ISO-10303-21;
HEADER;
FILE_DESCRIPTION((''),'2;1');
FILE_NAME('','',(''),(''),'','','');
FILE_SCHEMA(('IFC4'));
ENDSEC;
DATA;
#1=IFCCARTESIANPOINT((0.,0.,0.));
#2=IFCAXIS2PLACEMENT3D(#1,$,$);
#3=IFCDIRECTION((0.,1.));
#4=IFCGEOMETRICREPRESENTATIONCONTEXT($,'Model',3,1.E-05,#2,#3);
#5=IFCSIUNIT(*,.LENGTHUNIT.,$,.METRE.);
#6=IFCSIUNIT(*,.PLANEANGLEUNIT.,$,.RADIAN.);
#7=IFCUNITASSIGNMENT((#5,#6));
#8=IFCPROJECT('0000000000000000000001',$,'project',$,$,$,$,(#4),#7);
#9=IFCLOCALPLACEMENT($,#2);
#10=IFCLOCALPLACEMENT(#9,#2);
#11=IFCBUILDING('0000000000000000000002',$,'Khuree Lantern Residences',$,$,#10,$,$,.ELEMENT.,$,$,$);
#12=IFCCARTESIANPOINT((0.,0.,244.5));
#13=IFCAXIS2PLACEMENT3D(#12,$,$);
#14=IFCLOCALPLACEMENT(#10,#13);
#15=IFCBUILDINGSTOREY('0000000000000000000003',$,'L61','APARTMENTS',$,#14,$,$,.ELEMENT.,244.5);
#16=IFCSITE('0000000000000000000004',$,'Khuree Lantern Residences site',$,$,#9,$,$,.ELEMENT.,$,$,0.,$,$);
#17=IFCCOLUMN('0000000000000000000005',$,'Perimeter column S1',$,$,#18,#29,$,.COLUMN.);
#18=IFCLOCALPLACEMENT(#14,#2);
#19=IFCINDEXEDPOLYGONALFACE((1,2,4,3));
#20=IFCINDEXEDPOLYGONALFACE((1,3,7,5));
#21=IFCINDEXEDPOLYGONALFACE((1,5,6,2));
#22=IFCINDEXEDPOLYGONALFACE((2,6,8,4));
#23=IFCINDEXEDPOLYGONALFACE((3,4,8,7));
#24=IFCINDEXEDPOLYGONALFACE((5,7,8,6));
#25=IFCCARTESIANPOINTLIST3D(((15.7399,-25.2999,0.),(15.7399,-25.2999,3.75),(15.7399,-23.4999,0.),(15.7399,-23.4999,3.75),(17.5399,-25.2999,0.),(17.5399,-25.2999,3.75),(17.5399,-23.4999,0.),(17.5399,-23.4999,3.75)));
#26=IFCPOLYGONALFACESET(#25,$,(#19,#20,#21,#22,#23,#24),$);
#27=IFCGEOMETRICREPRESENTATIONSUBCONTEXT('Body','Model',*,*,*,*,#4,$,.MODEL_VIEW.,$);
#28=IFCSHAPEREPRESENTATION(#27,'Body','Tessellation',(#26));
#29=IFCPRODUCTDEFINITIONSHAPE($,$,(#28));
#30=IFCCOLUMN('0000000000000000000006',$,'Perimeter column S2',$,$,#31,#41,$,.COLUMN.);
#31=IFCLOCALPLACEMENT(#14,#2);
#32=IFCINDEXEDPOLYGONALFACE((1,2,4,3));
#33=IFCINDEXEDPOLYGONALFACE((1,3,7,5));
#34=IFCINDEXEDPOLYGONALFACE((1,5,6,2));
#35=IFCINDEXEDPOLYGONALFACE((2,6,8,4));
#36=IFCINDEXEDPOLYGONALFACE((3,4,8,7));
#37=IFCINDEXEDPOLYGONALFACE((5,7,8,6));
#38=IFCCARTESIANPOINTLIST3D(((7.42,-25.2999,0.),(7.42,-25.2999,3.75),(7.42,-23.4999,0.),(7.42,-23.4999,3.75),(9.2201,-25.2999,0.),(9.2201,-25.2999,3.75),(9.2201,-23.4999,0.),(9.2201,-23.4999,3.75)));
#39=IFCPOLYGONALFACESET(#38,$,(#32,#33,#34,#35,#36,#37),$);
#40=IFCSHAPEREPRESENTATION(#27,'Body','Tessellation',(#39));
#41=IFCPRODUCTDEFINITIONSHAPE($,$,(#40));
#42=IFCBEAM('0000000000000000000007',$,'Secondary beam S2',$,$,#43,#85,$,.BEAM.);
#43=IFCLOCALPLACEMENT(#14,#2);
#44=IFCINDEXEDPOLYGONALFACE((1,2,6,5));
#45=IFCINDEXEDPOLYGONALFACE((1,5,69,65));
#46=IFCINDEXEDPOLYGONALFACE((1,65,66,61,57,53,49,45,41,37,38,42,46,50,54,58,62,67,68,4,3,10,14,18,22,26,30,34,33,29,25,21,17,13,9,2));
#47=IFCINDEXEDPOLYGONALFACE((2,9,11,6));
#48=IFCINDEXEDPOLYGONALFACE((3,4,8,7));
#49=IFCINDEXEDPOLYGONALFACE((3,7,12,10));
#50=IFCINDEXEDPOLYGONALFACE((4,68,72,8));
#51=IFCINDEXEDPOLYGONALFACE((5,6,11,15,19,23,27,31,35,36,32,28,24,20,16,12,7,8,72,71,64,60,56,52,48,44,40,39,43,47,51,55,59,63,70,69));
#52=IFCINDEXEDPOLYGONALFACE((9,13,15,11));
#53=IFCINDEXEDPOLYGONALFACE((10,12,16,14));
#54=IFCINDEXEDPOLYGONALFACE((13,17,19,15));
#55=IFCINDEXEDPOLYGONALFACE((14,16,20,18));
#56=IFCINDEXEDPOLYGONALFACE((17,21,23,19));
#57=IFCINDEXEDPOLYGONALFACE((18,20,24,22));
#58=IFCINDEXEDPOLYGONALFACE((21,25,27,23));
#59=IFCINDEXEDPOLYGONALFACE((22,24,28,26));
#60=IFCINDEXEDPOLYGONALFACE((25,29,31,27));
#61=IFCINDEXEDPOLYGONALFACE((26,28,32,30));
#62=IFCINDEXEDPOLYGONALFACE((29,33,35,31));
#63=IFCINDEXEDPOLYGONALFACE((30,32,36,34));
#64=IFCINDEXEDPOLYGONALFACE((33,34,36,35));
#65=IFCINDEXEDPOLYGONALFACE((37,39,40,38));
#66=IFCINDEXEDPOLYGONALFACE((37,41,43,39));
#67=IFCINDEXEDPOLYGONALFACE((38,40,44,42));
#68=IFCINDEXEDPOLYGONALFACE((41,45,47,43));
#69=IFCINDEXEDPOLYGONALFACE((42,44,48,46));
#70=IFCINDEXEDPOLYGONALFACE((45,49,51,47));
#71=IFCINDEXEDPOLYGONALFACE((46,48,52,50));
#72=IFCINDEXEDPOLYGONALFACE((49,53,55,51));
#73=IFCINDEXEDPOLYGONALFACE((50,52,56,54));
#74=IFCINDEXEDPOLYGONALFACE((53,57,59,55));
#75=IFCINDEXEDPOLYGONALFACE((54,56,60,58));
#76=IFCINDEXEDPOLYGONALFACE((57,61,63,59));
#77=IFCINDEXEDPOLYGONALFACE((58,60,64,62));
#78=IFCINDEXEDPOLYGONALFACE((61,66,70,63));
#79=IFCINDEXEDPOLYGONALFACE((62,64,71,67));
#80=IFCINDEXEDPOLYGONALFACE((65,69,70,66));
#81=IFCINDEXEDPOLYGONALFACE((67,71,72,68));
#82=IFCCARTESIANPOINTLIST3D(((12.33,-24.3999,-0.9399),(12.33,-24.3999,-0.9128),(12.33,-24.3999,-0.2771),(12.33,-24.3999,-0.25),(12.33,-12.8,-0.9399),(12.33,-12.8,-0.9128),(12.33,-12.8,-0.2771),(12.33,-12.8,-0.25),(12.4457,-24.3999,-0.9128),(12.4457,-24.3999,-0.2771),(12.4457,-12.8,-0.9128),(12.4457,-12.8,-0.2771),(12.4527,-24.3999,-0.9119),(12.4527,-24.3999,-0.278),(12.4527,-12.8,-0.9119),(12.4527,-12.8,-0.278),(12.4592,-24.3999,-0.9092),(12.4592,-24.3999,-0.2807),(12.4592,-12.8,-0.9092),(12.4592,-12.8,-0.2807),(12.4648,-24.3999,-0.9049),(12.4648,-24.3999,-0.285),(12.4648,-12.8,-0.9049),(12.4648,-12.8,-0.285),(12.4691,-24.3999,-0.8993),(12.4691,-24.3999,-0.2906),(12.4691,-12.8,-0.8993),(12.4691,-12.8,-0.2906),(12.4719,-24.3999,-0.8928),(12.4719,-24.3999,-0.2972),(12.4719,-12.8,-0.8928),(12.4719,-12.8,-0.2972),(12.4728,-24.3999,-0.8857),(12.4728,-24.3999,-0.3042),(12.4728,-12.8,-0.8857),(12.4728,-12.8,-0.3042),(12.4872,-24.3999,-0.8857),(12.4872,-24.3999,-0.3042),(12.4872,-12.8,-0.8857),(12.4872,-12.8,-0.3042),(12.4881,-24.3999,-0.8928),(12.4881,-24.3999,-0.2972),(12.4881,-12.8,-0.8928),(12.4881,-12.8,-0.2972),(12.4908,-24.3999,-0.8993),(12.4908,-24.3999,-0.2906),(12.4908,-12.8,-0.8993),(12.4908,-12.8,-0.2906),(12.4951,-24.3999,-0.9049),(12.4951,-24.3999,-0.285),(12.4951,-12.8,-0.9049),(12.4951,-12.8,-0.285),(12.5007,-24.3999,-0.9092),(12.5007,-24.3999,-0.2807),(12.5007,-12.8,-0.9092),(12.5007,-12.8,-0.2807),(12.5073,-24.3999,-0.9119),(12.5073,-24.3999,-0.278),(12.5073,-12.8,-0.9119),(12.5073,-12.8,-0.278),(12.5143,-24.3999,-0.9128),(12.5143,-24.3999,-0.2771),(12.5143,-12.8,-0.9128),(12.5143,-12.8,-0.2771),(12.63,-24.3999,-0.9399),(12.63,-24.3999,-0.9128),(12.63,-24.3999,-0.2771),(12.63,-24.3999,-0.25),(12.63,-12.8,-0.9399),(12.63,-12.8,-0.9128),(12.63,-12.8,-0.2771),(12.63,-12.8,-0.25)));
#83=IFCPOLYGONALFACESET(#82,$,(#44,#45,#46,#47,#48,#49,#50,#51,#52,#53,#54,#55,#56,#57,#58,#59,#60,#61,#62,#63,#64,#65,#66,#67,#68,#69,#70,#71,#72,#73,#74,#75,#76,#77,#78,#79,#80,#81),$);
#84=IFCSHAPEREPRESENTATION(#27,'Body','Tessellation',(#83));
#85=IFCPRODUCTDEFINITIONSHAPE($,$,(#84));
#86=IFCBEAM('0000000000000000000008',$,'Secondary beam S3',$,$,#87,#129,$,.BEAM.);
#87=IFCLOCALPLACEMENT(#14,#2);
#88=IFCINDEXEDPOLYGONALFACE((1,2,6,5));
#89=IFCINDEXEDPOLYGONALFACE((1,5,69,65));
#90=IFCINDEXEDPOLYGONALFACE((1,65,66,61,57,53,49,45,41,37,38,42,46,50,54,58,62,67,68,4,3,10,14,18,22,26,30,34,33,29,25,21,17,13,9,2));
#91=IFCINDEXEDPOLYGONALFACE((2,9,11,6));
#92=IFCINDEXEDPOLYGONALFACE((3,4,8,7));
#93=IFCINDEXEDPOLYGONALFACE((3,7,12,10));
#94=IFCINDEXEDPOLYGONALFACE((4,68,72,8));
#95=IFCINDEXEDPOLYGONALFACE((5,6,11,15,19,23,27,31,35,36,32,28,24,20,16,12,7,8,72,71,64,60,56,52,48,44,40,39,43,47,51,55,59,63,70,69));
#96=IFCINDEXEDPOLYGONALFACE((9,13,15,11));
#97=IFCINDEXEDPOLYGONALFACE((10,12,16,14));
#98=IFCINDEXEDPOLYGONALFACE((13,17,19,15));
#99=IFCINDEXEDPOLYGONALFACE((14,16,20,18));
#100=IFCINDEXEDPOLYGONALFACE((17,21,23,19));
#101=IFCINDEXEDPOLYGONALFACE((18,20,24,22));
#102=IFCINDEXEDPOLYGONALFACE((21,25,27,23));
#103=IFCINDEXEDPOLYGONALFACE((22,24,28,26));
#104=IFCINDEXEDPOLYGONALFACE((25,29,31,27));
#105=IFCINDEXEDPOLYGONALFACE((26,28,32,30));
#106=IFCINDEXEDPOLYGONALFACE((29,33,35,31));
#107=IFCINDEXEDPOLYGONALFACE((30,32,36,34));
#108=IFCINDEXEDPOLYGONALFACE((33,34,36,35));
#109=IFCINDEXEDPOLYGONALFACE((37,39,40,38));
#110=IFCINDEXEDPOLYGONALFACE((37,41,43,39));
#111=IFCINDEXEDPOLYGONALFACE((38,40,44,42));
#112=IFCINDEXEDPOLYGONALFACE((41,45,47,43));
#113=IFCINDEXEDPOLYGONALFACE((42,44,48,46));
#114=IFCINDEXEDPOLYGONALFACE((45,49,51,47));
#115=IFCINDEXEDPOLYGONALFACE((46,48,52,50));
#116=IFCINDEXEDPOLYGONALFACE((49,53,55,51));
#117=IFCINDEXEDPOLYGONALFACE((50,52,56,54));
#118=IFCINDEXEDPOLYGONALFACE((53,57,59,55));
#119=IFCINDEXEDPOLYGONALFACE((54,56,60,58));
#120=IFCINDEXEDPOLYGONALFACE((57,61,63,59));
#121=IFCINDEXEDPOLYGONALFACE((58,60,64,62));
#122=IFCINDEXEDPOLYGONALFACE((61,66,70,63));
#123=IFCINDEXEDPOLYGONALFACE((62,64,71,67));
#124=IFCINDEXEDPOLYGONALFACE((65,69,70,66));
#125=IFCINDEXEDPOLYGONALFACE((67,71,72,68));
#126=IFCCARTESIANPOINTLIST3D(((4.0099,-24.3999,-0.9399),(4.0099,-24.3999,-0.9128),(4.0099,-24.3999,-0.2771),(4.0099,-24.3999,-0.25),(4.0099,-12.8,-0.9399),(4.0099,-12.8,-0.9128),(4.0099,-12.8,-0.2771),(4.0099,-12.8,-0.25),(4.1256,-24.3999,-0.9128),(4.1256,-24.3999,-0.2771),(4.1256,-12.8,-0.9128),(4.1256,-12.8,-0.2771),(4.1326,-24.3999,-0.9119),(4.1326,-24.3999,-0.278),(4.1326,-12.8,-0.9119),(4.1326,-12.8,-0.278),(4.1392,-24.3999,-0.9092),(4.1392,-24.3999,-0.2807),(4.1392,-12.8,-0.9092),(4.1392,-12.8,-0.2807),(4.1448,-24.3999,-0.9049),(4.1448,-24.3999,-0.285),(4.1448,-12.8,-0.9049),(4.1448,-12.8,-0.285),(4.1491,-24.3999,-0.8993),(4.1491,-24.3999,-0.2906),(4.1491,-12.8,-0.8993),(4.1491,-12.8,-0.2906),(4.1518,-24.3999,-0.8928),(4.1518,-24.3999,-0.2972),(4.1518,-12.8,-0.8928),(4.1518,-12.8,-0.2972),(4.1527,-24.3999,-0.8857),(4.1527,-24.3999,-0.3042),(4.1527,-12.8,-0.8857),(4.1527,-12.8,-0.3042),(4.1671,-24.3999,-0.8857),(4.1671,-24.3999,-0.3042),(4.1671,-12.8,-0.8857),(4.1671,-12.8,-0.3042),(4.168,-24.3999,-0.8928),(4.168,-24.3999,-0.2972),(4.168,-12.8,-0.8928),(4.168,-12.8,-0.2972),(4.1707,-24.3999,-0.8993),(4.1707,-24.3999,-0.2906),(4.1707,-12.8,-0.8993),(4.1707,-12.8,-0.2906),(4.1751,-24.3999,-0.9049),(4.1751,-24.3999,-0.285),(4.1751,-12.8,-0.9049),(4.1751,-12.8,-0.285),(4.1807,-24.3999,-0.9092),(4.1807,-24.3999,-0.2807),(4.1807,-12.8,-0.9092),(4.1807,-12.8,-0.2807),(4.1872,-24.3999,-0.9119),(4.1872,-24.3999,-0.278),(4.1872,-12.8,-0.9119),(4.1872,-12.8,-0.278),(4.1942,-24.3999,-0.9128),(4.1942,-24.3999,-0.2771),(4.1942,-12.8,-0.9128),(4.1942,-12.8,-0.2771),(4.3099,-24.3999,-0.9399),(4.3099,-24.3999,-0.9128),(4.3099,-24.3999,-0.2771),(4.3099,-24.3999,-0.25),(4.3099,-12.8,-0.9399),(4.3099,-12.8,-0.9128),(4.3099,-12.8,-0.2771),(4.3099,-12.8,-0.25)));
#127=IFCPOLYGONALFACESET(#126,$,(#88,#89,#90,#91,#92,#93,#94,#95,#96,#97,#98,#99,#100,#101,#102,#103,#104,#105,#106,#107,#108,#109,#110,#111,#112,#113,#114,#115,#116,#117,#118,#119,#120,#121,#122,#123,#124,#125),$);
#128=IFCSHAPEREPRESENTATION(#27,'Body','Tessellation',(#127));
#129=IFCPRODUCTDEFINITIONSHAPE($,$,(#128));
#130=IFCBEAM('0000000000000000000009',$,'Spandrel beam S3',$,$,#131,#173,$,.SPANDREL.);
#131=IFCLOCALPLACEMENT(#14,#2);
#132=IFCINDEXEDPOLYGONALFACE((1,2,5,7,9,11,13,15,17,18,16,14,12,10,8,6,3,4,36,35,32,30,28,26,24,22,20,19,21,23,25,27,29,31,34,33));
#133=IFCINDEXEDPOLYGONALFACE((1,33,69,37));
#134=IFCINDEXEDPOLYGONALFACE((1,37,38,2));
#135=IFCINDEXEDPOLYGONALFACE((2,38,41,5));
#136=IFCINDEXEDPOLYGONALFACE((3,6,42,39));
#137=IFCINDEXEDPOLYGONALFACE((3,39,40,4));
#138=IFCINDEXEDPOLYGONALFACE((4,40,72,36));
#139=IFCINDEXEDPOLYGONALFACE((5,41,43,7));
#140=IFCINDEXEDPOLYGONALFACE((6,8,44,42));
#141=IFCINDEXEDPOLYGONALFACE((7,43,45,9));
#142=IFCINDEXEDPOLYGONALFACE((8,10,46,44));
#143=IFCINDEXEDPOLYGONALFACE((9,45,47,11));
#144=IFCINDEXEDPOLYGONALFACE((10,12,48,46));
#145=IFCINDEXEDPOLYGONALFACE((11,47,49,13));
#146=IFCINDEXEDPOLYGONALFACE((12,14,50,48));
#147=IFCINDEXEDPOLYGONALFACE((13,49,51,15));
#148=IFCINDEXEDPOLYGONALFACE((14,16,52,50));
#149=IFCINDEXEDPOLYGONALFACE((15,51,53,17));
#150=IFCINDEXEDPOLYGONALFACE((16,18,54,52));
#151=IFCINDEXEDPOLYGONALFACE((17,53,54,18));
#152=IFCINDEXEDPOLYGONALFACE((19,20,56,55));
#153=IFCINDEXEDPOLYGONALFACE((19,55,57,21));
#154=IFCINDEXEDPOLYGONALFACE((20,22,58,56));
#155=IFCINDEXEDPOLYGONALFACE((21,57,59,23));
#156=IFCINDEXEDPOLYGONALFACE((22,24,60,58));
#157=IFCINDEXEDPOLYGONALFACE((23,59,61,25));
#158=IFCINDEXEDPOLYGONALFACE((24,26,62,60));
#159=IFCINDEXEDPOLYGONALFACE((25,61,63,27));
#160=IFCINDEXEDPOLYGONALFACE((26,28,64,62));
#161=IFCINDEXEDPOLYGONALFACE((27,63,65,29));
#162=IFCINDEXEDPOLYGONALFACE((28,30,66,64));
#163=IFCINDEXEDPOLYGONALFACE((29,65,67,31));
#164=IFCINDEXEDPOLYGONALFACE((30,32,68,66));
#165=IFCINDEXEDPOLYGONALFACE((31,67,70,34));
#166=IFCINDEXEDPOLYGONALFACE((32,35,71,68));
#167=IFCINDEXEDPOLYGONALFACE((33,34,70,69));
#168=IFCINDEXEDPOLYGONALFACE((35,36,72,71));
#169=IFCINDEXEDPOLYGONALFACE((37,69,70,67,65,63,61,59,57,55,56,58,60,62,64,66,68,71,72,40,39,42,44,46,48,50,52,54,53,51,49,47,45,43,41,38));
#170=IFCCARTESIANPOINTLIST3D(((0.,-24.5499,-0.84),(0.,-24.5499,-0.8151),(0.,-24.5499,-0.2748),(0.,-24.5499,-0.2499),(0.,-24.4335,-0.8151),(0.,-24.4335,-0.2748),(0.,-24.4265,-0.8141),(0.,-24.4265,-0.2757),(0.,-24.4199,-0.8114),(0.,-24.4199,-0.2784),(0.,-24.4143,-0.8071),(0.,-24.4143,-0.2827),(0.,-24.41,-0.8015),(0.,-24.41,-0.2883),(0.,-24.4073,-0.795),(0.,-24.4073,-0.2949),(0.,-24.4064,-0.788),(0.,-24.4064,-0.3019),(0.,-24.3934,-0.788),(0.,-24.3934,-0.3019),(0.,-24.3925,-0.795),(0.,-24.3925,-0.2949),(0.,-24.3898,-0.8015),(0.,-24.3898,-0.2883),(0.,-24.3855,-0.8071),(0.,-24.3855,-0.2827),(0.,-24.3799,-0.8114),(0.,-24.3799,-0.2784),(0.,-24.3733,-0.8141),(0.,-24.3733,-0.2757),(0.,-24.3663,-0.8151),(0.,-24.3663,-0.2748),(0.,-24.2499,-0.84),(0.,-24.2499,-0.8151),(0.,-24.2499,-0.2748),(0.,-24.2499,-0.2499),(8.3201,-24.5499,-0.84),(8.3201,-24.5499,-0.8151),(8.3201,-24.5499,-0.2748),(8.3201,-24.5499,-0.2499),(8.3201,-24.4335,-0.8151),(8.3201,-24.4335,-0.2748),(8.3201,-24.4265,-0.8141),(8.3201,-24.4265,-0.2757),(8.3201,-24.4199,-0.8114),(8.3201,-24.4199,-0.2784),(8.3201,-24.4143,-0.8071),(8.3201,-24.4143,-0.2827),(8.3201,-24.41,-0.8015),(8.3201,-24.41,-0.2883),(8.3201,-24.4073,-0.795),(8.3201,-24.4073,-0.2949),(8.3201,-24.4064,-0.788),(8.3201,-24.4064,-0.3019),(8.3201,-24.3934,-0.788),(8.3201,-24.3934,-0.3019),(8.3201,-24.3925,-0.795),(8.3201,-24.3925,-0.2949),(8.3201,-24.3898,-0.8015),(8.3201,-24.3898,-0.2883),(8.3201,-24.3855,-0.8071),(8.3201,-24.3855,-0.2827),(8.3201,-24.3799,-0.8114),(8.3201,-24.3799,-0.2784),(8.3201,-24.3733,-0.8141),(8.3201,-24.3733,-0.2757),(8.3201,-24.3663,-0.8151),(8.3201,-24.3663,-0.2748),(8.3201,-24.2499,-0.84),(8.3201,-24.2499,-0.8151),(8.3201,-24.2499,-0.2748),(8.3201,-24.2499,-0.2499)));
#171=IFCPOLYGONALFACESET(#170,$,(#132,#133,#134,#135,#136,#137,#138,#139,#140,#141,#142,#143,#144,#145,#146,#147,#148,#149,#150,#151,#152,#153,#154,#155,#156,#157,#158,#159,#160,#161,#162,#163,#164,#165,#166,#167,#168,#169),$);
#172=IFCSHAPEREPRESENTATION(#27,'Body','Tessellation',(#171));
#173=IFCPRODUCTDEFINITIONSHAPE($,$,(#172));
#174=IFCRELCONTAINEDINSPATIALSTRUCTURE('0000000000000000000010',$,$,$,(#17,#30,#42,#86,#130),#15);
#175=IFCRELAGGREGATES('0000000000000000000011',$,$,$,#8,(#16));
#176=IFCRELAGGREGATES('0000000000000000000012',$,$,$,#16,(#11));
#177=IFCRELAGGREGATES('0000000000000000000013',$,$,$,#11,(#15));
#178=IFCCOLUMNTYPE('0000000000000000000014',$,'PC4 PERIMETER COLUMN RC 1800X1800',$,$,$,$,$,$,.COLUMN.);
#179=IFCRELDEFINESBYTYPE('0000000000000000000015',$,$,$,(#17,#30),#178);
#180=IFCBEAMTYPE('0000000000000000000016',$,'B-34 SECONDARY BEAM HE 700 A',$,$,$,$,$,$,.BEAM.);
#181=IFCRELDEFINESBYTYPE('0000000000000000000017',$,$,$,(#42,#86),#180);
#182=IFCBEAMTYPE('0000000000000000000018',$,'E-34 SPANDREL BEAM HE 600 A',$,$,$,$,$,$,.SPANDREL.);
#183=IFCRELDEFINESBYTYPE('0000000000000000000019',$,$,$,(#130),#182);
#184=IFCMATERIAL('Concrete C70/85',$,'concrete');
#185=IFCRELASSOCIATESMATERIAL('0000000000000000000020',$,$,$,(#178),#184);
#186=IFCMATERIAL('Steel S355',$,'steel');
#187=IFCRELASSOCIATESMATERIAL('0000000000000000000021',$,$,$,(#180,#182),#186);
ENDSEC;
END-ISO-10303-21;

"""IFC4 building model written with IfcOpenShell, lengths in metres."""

from ifc_helpers import new_model, si_unit, direction, frame, origin, origin_2d, place, context, subcontext, project, spatial, rectangle, i_section, extrude, material, material_profile, profile_set, type_object, element, save


model = new_model("IFC4")

# Units and contexts
model_context = context("Model", 3, precision=1e-05, world=origin(), true_north=direction((0.0, 1.0)))
body_context = subcontext(model_context, "Body", "Model", "MODEL_VIEW")
ifc_project = project(units=[si_unit("LENGTHUNIT", "METRE"), si_unit("PLANEANGLEUNIT", "RADIAN")], contexts=[model_context])

# Site, building, storey
site_placement = place(None, origin())
site = spatial("IfcSite", under=ifc_project, at=site_placement, Name="Khuree Lantern Residences site", CompositionType="ELEMENT", RefElevation=0.0)
building_placement = place(site_placement, origin())
building = spatial("IfcBuilding", under=site, at=building_placement, Name="Khuree Lantern Residences", CompositionType="ELEMENT")
storey_placement = place(building_placement, frame((0.0, 0.0, 244.5)))
storey = spatial("IfcBuildingStorey", under=building, at=storey_placement, Name="L61", Description="APARTMENTS", CompositionType="ELEMENT", Elevation=244.5)

# Columns
ifc_material_1 = material(Name="Concrete C70/85", Category="concrete")
ifc_material_profile_1 = material_profile(ifc_material_1, rectangle(XDim=1.8, YDim=1.8, at=origin_2d()), Name="RC 1800X1800")
ifc_profile_set_1 = profile_set([ifc_material_profile_1], Name="Concrete C70/85")
column_type = type_object("IfcColumnType", Name="PC4 PERIMETER COLUMN RC 1800X1800", PredefinedType="COLUMN", material=ifc_profile_set_1)
for number, where, z_axis, x_axis, name in (
    (1, (16.6399, -24.3999, 0.0), (0.0, 0.0, 1.0), (1.0, 0.0, 0.0), "Perimeter column S1"),
    (2, (8.3201, -24.3999, 0.0), (0.0, 0.0, 1.0), (1.0, 0.0, 0.0), "Perimeter column S2"),
):
    element("IfcColumn", number, at=place(storey_placement, frame(where, z_axis=z_axis, x_axis=x_axis)), inside=storey, type_object=column_type, Name=name, PredefinedType="COLUMN", context=body_context, shape_type="SweptSolid", body=[
        extrude(rectangle(XDim=1.8, YDim=1.8, at=origin_2d()), origin(), (0.0, 0.0, 1.0), 3.75),
    ])

# Beams
ifc_material_2 = material(Name="Steel S355", Category="steel")
ifc_material_profile_2 = material_profile(ifc_material_2, i_section(OverallWidth=0.3, OverallDepth=0.6899, WebThickness=0.0144, FlangeThickness=0.0271, FilletRadius=0.0271, at=origin_2d()), Name="HE 700 A")
ifc_profile_set_2 = profile_set([ifc_material_profile_2], Name="Steel S355")
beam_type_1 = type_object("IfcBeamType", Name="B-34 SECONDARY BEAM HE 700 A", PredefinedType="BEAM", material=ifc_profile_set_2)
for number, where, z_axis, x_axis, name in (
    (3, (12.48, -24.3999, -0.595), (0.0, 1.0, 0.0), (-1.0, 0.0, 0.0), "Secondary beam S2"),
    (4, (4.1599, -24.3999, -0.595), (0.0, 1.0, 0.0), (-1.0, 0.0, 0.0), "Secondary beam S3"),
):
    element("IfcBeam", number, at=place(storey_placement, frame(where, z_axis=z_axis, x_axis=x_axis)), inside=storey, type_object=beam_type_1, Name=name, PredefinedType="BEAM", context=body_context, shape_type="SweptSolid", body=[
        extrude(i_section(OverallWidth=0.3, OverallDepth=0.6899, WebThickness=0.0144, FlangeThickness=0.0271, FilletRadius=0.0271, at=origin_2d()), origin(), (0.0, 0.0, 1.0), 11.5999),
    ])
ifc_material_profile_3 = material_profile(ifc_material_2, i_section(OverallWidth=0.3, OverallDepth=0.5901, WebThickness=0.0129, FlangeThickness=0.0249, FilletRadius=0.0271, at=origin_2d()), Name="HE 600 A")
ifc_profile_set_3 = profile_set([ifc_material_profile_3], Name="Steel S355")
beam_type_2 = type_object("IfcBeamType", Name="E-34 SPANDREL BEAM HE 600 A", PredefinedType="SPANDREL", material=ifc_profile_set_3)
for number, where, z_axis, x_axis, name in (
    (5, (8.3201, -24.3999, -0.5449), (-1.0, 0.0, 0.0), (0.0, -1.0, 0.0), "Spandrel beam S3"),
):
    element("IfcBeam", number, at=place(storey_placement, frame(where, z_axis=z_axis, x_axis=x_axis)), inside=storey, type_object=beam_type_2, Name=name, PredefinedType="SPANDREL", context=body_context, shape_type="SweptSolid", body=[
        extrude(i_section(OverallWidth=0.3, OverallDepth=0.5901, WebThickness=0.0129, FlangeThickness=0.0249, FilletRadius=0.0271, at=origin_2d()), origin(), (0.0, 0.0, 1.0), 8.3201),
    ])

save(model, "model.ifc")
